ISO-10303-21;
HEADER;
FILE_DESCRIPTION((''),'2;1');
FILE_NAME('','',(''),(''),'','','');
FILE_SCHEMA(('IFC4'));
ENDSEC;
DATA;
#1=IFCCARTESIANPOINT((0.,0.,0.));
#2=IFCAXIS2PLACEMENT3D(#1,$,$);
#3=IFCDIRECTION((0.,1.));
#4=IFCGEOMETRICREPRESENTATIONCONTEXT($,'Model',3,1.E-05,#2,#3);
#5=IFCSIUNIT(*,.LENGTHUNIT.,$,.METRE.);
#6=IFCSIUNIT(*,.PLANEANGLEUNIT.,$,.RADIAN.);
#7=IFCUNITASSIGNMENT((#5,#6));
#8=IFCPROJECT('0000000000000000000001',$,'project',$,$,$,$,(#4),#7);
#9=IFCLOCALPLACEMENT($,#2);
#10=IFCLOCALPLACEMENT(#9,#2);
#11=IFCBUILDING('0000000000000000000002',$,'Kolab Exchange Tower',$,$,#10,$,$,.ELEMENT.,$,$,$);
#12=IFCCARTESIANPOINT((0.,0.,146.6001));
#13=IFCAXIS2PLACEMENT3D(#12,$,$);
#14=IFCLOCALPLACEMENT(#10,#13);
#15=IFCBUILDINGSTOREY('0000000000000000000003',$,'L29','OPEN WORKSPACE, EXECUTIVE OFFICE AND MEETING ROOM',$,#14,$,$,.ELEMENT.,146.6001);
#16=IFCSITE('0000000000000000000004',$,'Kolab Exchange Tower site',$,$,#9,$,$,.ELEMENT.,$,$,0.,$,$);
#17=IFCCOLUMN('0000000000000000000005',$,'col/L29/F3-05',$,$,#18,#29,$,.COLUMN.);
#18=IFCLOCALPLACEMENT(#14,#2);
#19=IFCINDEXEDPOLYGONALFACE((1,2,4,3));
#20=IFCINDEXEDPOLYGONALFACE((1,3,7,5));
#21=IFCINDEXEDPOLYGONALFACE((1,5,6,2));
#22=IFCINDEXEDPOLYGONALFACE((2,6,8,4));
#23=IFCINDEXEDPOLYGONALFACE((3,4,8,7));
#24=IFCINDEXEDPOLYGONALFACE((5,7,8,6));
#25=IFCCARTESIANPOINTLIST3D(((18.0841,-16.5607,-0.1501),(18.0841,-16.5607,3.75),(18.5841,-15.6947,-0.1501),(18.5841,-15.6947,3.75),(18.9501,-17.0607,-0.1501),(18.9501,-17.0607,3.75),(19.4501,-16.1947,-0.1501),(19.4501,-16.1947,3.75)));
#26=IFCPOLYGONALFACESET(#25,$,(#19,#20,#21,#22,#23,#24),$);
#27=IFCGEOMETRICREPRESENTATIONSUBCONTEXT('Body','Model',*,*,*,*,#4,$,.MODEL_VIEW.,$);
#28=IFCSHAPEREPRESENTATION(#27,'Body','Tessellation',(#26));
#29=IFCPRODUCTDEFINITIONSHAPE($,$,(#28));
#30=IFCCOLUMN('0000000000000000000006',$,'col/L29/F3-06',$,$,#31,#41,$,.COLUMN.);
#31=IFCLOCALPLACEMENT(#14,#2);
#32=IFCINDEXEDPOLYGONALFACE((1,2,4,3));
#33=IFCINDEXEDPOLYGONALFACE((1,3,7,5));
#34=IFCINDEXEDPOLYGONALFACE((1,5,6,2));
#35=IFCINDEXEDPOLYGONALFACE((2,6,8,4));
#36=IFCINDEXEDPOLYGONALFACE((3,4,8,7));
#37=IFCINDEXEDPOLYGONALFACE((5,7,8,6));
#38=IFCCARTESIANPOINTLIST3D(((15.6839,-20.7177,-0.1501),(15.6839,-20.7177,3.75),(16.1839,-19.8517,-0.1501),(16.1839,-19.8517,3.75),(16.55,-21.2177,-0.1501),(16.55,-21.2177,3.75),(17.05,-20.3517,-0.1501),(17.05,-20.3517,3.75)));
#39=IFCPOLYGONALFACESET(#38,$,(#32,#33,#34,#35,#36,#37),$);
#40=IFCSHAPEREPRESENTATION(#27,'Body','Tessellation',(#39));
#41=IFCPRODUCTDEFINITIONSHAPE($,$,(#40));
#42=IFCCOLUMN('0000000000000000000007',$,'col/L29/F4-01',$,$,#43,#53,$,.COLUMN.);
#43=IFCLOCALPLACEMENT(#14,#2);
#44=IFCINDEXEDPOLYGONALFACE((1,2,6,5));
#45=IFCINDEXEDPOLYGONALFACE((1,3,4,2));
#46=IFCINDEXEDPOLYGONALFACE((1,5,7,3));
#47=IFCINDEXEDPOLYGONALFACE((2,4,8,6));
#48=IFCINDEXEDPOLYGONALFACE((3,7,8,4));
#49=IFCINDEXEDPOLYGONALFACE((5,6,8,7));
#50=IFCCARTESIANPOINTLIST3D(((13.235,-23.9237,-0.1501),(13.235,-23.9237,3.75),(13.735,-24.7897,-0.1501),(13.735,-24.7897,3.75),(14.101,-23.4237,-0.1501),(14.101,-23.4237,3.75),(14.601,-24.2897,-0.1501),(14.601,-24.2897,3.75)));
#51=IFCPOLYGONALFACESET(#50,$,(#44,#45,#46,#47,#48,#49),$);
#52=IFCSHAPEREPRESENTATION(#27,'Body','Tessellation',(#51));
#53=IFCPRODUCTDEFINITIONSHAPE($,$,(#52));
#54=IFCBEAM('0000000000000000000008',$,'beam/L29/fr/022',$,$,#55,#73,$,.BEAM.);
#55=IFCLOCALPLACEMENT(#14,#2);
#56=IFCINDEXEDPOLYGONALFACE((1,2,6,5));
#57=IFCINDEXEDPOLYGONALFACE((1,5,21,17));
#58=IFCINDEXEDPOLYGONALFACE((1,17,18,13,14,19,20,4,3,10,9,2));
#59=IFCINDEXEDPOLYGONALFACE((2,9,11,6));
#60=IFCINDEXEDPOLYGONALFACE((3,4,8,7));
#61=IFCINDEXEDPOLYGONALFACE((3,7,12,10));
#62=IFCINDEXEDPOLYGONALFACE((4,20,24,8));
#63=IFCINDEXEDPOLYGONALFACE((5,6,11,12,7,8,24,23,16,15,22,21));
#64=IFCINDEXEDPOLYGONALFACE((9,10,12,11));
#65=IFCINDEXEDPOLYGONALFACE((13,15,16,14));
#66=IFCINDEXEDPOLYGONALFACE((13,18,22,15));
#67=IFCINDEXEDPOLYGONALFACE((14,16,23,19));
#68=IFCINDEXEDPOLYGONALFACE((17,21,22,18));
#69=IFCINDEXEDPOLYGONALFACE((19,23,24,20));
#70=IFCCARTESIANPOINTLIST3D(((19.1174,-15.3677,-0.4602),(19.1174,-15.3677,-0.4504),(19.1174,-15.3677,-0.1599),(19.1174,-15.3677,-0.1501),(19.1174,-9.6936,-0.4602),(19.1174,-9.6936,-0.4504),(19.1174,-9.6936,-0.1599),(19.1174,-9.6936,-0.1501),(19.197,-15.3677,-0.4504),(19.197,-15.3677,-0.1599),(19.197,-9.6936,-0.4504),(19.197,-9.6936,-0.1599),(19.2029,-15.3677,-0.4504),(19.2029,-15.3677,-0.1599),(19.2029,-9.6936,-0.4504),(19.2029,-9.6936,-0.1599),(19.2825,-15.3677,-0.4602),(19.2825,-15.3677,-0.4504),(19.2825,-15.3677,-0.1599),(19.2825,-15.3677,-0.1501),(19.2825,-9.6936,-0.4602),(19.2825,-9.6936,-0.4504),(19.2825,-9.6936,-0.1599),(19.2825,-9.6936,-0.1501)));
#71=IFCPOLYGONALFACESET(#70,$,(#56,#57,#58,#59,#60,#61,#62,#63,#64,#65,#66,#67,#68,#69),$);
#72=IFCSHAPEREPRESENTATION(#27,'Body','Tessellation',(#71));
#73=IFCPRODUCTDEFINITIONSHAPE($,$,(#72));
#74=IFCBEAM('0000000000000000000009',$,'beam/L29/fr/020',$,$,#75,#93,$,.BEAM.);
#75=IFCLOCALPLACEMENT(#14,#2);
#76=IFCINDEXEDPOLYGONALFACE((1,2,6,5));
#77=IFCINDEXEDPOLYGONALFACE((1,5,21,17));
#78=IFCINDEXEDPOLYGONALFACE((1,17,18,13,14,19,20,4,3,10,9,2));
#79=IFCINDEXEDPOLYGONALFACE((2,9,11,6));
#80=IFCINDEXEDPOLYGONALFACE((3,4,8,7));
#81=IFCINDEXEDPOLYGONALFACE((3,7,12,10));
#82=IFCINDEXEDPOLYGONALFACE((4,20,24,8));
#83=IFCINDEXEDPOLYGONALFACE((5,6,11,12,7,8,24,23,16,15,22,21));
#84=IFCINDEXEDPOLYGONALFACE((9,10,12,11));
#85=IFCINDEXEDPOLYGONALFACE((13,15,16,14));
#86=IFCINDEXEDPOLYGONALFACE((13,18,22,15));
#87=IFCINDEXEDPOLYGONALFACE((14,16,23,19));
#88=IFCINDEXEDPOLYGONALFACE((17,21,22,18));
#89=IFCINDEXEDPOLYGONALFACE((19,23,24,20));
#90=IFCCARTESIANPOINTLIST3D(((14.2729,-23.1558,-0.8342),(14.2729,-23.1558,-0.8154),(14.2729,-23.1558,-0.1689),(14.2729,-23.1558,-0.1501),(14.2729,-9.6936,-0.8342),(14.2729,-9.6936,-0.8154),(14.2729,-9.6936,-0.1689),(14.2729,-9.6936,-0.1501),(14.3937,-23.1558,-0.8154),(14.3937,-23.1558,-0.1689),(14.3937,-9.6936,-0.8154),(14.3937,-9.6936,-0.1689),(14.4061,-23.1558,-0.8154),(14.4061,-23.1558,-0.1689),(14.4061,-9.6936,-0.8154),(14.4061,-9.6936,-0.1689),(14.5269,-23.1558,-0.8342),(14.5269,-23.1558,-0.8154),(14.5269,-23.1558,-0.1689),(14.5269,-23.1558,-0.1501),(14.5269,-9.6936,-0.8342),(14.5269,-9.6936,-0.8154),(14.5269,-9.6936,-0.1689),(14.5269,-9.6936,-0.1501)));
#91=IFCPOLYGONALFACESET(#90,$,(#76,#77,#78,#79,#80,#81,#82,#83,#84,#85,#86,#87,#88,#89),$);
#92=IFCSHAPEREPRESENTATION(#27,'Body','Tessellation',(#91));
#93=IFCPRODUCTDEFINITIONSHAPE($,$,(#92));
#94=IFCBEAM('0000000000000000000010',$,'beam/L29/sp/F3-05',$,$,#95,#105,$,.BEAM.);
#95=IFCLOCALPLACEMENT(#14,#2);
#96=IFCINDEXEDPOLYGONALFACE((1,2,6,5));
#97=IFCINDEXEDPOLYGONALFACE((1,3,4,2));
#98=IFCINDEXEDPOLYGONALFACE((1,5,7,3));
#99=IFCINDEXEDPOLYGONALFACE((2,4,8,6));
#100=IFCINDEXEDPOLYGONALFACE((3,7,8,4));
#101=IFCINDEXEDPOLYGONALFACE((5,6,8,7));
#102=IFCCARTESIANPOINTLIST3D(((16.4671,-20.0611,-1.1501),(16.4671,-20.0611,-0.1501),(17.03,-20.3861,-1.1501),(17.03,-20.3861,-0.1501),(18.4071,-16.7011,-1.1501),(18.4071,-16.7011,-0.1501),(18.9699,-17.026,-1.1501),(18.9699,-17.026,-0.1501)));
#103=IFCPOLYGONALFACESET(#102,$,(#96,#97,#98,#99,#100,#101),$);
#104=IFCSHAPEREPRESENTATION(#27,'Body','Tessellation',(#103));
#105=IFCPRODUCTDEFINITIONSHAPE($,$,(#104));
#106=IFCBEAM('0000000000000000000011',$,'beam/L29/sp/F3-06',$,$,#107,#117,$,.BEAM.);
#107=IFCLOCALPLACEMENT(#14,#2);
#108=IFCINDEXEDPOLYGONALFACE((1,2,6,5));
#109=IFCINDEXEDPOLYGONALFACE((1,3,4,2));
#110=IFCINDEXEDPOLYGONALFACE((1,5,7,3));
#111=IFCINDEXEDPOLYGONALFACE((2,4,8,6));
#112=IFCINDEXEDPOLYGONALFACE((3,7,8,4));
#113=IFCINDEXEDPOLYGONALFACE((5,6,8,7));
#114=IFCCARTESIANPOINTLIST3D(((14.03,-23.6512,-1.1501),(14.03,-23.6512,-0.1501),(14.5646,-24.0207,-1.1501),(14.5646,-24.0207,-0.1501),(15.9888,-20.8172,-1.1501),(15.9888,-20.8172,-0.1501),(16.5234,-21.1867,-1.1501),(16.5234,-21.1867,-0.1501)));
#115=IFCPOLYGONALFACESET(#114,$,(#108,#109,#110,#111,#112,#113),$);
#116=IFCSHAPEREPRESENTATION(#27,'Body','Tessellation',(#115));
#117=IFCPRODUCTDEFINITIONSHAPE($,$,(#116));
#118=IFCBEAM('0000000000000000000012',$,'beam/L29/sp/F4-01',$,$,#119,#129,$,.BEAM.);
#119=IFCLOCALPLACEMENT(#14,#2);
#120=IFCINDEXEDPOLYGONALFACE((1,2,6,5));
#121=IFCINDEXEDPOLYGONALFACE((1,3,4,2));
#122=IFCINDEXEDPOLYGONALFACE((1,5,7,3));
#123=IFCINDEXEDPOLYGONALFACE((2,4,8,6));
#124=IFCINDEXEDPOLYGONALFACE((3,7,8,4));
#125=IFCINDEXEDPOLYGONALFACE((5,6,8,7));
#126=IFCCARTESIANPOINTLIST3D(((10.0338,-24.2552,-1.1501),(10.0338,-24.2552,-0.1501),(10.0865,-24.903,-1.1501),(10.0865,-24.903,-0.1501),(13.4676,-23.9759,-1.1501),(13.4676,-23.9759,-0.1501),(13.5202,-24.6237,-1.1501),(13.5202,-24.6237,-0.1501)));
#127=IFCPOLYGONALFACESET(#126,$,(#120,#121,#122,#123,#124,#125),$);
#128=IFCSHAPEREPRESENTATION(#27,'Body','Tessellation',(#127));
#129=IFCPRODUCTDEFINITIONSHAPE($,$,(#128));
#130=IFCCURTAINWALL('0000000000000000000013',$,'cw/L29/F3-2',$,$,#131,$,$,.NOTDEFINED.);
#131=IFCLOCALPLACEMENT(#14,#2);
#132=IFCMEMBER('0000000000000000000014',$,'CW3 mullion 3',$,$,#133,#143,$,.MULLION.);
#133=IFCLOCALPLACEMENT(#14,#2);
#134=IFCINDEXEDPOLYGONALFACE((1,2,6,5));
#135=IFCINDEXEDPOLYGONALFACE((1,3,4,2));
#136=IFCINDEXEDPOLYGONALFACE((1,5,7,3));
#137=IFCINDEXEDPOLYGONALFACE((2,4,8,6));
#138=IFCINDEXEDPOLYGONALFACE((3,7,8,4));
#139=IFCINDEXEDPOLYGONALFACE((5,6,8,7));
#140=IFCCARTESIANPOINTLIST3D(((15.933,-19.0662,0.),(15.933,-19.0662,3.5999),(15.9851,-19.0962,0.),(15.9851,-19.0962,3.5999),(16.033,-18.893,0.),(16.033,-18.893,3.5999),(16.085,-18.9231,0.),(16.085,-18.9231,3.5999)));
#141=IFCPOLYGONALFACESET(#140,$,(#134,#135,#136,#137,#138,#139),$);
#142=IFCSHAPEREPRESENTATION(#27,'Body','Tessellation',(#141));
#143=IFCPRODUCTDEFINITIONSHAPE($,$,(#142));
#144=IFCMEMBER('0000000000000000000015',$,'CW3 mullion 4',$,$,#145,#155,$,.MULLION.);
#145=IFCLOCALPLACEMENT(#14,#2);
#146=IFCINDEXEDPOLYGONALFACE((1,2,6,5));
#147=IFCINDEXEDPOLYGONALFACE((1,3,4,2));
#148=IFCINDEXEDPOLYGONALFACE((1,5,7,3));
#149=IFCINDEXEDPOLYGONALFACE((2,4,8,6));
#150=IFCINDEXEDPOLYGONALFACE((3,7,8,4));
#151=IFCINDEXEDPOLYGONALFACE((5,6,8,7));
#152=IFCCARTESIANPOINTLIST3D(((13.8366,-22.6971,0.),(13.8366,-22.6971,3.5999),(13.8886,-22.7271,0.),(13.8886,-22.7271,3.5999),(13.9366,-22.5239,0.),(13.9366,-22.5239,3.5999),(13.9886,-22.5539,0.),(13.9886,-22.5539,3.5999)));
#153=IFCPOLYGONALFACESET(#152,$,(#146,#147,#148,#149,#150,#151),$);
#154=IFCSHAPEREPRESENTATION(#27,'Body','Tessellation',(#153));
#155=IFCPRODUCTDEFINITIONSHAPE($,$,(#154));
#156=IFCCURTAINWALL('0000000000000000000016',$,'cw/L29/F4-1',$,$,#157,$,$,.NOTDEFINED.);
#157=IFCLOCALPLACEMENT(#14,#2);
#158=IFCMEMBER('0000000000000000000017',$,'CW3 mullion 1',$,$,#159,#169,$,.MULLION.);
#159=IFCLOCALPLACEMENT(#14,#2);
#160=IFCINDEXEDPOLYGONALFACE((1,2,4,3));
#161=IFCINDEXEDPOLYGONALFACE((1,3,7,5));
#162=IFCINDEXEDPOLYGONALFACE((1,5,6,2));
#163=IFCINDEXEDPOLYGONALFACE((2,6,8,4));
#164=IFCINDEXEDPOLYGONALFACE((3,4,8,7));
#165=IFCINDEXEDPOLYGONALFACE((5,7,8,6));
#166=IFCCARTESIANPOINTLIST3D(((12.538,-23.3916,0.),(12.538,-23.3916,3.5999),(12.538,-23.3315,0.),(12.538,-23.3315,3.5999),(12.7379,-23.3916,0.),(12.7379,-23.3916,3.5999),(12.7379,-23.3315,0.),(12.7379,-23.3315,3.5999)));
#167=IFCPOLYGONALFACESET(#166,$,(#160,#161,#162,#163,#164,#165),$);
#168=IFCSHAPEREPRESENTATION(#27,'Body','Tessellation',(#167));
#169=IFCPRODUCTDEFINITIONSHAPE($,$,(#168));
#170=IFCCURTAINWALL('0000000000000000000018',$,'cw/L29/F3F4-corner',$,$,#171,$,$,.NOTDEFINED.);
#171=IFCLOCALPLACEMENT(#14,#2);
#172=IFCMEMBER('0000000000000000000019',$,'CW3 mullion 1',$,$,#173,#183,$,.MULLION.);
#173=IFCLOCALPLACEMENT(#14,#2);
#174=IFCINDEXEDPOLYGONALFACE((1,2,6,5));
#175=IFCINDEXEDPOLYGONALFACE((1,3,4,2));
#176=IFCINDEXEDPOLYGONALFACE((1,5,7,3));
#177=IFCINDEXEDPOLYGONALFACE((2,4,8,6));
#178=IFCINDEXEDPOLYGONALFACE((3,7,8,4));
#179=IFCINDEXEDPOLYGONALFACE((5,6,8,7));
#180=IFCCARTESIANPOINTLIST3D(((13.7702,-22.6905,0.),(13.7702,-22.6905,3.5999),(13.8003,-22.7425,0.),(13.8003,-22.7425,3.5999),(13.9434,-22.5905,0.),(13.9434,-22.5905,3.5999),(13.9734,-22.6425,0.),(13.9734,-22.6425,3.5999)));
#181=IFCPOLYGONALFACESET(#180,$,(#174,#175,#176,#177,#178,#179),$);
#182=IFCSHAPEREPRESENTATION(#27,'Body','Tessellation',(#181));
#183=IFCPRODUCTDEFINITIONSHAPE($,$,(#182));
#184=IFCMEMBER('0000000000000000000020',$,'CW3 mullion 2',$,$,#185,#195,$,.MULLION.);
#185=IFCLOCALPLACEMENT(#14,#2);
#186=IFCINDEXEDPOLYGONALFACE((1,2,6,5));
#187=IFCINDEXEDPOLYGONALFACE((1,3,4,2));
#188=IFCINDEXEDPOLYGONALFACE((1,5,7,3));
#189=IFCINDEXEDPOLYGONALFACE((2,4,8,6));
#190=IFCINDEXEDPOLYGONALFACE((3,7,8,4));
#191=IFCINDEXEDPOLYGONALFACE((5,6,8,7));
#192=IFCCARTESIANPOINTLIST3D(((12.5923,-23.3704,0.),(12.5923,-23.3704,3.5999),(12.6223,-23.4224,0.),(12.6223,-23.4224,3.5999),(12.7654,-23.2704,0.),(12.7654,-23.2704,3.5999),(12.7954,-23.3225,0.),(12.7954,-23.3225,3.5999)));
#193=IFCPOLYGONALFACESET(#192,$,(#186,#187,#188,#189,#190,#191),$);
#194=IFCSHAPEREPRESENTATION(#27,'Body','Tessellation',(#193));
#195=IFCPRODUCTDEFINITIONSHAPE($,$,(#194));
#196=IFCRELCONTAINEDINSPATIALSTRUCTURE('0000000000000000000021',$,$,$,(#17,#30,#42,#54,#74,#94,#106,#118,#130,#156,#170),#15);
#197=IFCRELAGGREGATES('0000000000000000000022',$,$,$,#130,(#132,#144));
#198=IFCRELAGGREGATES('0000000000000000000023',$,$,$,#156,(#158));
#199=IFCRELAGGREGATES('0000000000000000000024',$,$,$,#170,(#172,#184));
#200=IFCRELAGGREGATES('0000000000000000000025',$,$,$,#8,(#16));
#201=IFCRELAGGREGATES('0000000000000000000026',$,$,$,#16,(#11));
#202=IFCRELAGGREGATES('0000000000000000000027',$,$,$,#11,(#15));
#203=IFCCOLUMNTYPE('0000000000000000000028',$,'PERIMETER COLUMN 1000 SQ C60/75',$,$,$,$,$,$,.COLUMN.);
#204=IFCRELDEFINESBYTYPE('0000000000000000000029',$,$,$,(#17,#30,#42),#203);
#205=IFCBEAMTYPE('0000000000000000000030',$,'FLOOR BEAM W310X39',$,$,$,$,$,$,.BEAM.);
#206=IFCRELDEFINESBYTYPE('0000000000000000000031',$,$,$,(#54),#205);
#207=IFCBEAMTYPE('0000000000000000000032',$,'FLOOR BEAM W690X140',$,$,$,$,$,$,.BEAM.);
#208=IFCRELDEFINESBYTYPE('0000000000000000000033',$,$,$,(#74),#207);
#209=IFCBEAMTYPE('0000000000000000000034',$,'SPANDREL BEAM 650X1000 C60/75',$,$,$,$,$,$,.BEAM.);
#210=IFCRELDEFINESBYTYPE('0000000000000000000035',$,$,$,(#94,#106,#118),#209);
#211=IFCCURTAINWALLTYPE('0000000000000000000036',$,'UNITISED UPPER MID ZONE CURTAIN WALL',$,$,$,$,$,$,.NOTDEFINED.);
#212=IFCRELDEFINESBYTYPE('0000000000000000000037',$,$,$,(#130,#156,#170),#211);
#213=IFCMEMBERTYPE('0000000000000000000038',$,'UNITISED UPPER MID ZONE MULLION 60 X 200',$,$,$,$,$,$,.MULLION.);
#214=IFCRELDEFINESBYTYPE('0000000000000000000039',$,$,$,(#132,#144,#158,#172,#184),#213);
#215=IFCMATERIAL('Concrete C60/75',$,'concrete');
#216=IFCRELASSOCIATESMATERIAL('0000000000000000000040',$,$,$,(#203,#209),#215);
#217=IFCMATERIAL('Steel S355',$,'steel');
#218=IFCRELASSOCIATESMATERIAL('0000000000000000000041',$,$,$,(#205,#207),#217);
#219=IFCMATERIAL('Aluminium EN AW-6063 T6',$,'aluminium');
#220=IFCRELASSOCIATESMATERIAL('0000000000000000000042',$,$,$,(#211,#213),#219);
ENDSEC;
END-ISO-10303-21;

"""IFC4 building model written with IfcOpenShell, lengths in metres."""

from ifc_helpers import new_model, si_unit, direction, frame, origin, origin_2d, place, context, subcontext, project, spatial, rectangle, i_section, extrude, material, material_profile, profile_set, type_object, element, aggregate, save


model = new_model("IFC4")

# Units and contexts
model_context = context("Model", 3, precision=1e-05, world=origin(), true_north=direction((0.0, 1.0)))
body_context = subcontext(model_context, "Body", "Model", "MODEL_VIEW")
ifc_project = project(units=[si_unit("LENGTHUNIT", "METRE"), si_unit("PLANEANGLEUNIT", "RADIAN")], contexts=[model_context])

# Site, building, storey
site_placement = place(None, origin())
site = spatial("IfcSite", under=ifc_project, at=site_placement, Name="Kolab Exchange Tower site", CompositionType="ELEMENT", RefElevation=0.0)
building_placement = place(site_placement, origin())
building = spatial("IfcBuilding", under=site, at=building_placement, Name="Kolab Exchange Tower", CompositionType="ELEMENT")
storey_placement = place(building_placement, frame((0.0, 0.0, 146.6001)))
storey = spatial("IfcBuildingStorey", under=building, at=storey_placement, Name="L29", Description="OPEN WORKSPACE, EXECUTIVE OFFICE AND MEETING ROOM", CompositionType="ELEMENT", Elevation=146.6001)

# Columns
ifc_material_1 = material(Name="Concrete C60/75", Category="concrete")
ifc_material_profile_1 = material_profile(ifc_material_1, rectangle(XDim=1.0, YDim=1.0, at=origin_2d()), Name="RC1000")
ifc_profile_set_1 = profile_set([ifc_material_profile_1], Name="Concrete C60/75")
column_type = type_object("IfcColumnType", Name="PERIMETER COLUMN 1000 SQ C60/75", PredefinedType="COLUMN", material=ifc_profile_set_1)
for number, where, z_axis, x_axis, name in (
    (1, (18.7671, -16.3777, -0.1501), (0.0, 0.0, 1.0), (0.5, 0.866025, 0.0), "col/L29/F3-05"),
    (2, (16.3669, -20.5347, -0.1501), (0.0, 0.0, 1.0), (0.5, 0.866025, 0.0), "col/L29/F3-06"),
    (3, (13.918, -24.1067, -0.1501), (0.0, 0.0, 1.0), (0.866025, 0.5, 0.0), "col/L29/F4-01"),
):
    element("IfcColumn", number, at=place(storey_placement, frame(where, z_axis=z_axis, x_axis=x_axis)), inside=storey, type_object=column_type, Name=name, PredefinedType="COLUMN", context=body_context, shape_type="SweptSolid", body=[
        extrude(rectangle(XDim=1.0, YDim=1.0, at=origin_2d()), origin(), (0.0, 0.0, 1.0), 3.9001),
    ])

# Beams
ifc_material_2 = material(Name="Steel S355", Category="steel")
ifc_material_profile_2 = material_profile(ifc_material_2, i_section(OverallWidth=0.165, OverallDepth=0.3101, WebThickness=0.0059, FlangeThickness=0.0098, at=origin_2d()), Name="W310X39")
ifc_profile_set_2 = profile_set([ifc_material_profile_2], Name="Steel S355")
beam_type_1 = type_object("IfcBeamType", Name="FLOOR BEAM W310X39", PredefinedType="BEAM", material=ifc_profile_set_2)
beam_1_placement = place(storey_placement, frame((19.2, -15.3677, -0.3052), z_axis=(0.0, 1.0, 0.0), x_axis=(-1.0, 0.0, 0.0)))
element("IfcBeam", 4, at=beam_1_placement, inside=storey, type_object=beam_type_1, Name="beam/L29/fr/022", PredefinedType="BEAM", context=body_context, shape_type="SweptSolid", body=[
    extrude(i_section(OverallWidth=0.165, OverallDepth=0.3101, WebThickness=0.0059, FlangeThickness=0.0098, at=origin_2d()), origin(), (0.0, 0.0, 1.0), 5.6741),
])
ifc_material_profile_3 = material_profile(ifc_material_2, i_section(OverallWidth=0.2539, OverallDepth=0.6841, WebThickness=0.0125, FlangeThickness=0.0188, at=origin_2d()), Name="W690X140")
ifc_profile_set_3 = profile_set([ifc_material_profile_3], Name="Steel S355")
beam_type_2 = type_object("IfcBeamType", Name="FLOOR BEAM W690X140", PredefinedType="BEAM", material=ifc_profile_set_3)
beam_2_placement = place(storey_placement, frame((14.3999, -23.1558, -0.4922), z_axis=(0.0, 1.0, 0.0), x_axis=(-1.0, 0.0, 0.0)))
element("IfcBeam", 5, at=beam_2_placement, inside=storey, type_object=beam_type_2, Name="beam/L29/fr/020", PredefinedType="BEAM", context=body_context, shape_type="SweptSolid", body=[
    extrude(i_section(OverallWidth=0.2539, OverallDepth=0.6841, WebThickness=0.0125, FlangeThickness=0.0188, at=origin_2d()), origin(), (0.0, 0.0, 1.0), 13.4622),
])
ifc_material_profile_4 = material_profile(ifc_material_1, rectangle(XDim=0.6499, YDim=1.0, at=origin_2d()), Name="RC650X1000")
ifc_profile_set_4 = profile_set([ifc_material_profile_4], Name="Concrete C60/75")
beam_type_3 = type_object("IfcBeamType", Name="SPANDREL BEAM 650X1000 C60/75", PredefinedType="BEAM", material=ifc_profile_set_4)
beam_3_placement = place(storey_placement, frame((18.6885, -16.8635, -0.6501), z_axis=(-0.499997, -0.866027, 0.0), x_axis=(0.866027, -0.499997, 0.0)))
element("IfcBeam", 6, at=beam_3_placement, inside=storey, type_object=beam_type_3, Name="beam/L29/sp/F3-05", PredefinedType="BEAM", context=body_context, shape_type="SweptSolid", body=[
    extrude(rectangle(XDim=0.6499, YDim=1.0, at=origin_2d()), origin(), (0.0, 0.0, 1.0), 3.8799),
])
for number, where, z_axis, x_axis, name in (
    (7, (16.2561, -21.002, -0.6501), (-0.568572, -0.822633, 0.0), (0.822633, -0.568572, 0.0), "beam/L29/sp/F3-06"),
    (8, (13.4939, -24.2998, -0.6501), (-0.996708, -0.081069, 0.0), (0.081069, -0.996708, 0.0), "beam/L29/sp/F4-01"),
):
    element("IfcBeam", number, at=place(storey_placement, frame(where, z_axis=z_axis, x_axis=x_axis)), inside=storey, type_object=beam_type_3, Name=name, PredefinedType="BEAM", context=body_context, shape_type="SweptSolid", body=[
        extrude(rectangle(XDim=0.6499, YDim=1.0, at=origin_2d()), origin(), (0.0, 0.0, 1.0), 3.4451),
    ])

# Curtain wall, members
ifc_material_3 = material(Name="Aluminium EN AW-6063 T6", Category="aluminium")
curtain_wall_type = type_object("IfcCurtainWallType", Name="UNITISED UPPER MID ZONE CURTAIN WALL", PredefinedType="NOTDEFINED", material=ifc_material_3)
curtain_wall_1_placement = place(storey_placement, origin())
curtain_wall_1 = element("IfcCurtainWall", 9, at=curtain_wall_1_placement, inside=storey, type_object=curtain_wall_type, Name="cw/L29/F3-2", PredefinedType="NOTDEFINED")
ifc_material_profile_5 = material_profile(ifc_material_3, rectangle(XDim=0.0601, YDim=0.2, at=origin_2d()), Name="RECT 60X200")
ifc_profile_set_5 = profile_set([ifc_material_profile_5], Name="Aluminium EN AW-6063 T6")
member_type_1 = type_object("IfcMemberType", Name="UNITISED UPPER MID ZONE MULLION 60 X 200", PredefinedType="MULLION", material=ifc_profile_set_5)
member_1_placement = place(storey_placement, frame((16.009, -18.9946, 0.0), z_axis=(0.0, 0.0, 1.0), x_axis=(0.866025, -0.5, 0.0)))
member_1 = element("IfcMember", 10, at=member_1_placement, type_object=member_type_1, Name="CW3 mullion 3", PredefinedType="MULLION", context=body_context, shape_type="SweptSolid", body=[
    extrude(rectangle(XDim=0.0601, YDim=0.2, at=origin_2d()), origin(), (0.0, 0.0, 1.0), 3.5999),
])
member_2_placement = place(storey_placement, frame((13.9126, -22.6255, 0.0), z_axis=(0.0, 0.0, 1.0), x_axis=(0.866025, -0.5, 0.0)))
member_2 = element("IfcMember", 11, at=member_2_placement, type_object=member_type_1, Name="CW3 mullion 4", PredefinedType="MULLION", context=body_context, shape_type="SweptSolid", body=[
    extrude(rectangle(XDim=0.0601, YDim=0.2, at=origin_2d()), origin(), (0.0, 0.0, 1.0), 3.5999),
])

# Curtain wall, member
curtain_wall_2_placement = place(storey_placement, origin())
curtain_wall_2 = element("IfcCurtainWall", 12, at=curtain_wall_2_placement, inside=storey, type_object=curtain_wall_type, Name="cw/L29/F4-1", PredefinedType="NOTDEFINED")
member_3_placement = place(storey_placement, frame((12.6379, -23.3616, 0.0), z_axis=(0.0, 0.0, 1.0), x_axis=(0.0, -1.0, 0.0)))
member_3 = element("IfcMember", 13, at=member_3_placement, type_object=member_type_1, Name="CW3 mullion 1", PredefinedType="MULLION", context=body_context, shape_type="SweptSolid", body=[
    extrude(rectangle(XDim=0.0601, YDim=0.2, at=origin_2d()), origin(), (0.0, 0.0, 1.0), 3.5999),
])

# Curtain wall, members
curtain_wall_3_placement = place(storey_placement, origin())
curtain_wall_3 = element("IfcCurtainWall", 14, at=curtain_wall_3_placement, inside=storey, type_object=curtain_wall_type, Name="cw/L29/F3F4-corner", PredefinedType="NOTDEFINED")
member_4_placement = place(storey_placement, frame((13.8718, -22.6665, 0.0), z_axis=(0.0, 0.0, 1.0), x_axis=(0.5, -0.866025, 0.0)))
member_4 = element("IfcMember", 15, at=member_4_placement, type_object=member_type_1, Name="CW3 mullion 1", PredefinedType="MULLION", context=body_context, shape_type="SweptSolid", body=[
    extrude(rectangle(XDim=0.0601, YDim=0.2, at=origin_2d()), origin(), (0.0, 0.0, 1.0), 3.5999),
])
member_5_placement = place(storey_placement, frame((12.6938, -23.3464, 0.0), z_axis=(0.0, 0.0, 1.0), x_axis=(0.5, -0.866025, 0.0)))
member_5 = element("IfcMember", 16, at=member_5_placement, type_object=member_type_1, Name="CW3 mullion 2", PredefinedType="MULLION", context=body_context, shape_type="SweptSolid", body=[
    extrude(rectangle(XDim=0.0601, YDim=0.2, at=origin_2d()), origin(), (0.0, 0.0, 1.0), 3.5999),
])

aggregate(curtain_wall_1, [member_1, member_2])
aggregate(curtain_wall_2, [member_3])
aggregate(curtain_wall_3, [member_4, member_5])

save(model, "model.ifc")
